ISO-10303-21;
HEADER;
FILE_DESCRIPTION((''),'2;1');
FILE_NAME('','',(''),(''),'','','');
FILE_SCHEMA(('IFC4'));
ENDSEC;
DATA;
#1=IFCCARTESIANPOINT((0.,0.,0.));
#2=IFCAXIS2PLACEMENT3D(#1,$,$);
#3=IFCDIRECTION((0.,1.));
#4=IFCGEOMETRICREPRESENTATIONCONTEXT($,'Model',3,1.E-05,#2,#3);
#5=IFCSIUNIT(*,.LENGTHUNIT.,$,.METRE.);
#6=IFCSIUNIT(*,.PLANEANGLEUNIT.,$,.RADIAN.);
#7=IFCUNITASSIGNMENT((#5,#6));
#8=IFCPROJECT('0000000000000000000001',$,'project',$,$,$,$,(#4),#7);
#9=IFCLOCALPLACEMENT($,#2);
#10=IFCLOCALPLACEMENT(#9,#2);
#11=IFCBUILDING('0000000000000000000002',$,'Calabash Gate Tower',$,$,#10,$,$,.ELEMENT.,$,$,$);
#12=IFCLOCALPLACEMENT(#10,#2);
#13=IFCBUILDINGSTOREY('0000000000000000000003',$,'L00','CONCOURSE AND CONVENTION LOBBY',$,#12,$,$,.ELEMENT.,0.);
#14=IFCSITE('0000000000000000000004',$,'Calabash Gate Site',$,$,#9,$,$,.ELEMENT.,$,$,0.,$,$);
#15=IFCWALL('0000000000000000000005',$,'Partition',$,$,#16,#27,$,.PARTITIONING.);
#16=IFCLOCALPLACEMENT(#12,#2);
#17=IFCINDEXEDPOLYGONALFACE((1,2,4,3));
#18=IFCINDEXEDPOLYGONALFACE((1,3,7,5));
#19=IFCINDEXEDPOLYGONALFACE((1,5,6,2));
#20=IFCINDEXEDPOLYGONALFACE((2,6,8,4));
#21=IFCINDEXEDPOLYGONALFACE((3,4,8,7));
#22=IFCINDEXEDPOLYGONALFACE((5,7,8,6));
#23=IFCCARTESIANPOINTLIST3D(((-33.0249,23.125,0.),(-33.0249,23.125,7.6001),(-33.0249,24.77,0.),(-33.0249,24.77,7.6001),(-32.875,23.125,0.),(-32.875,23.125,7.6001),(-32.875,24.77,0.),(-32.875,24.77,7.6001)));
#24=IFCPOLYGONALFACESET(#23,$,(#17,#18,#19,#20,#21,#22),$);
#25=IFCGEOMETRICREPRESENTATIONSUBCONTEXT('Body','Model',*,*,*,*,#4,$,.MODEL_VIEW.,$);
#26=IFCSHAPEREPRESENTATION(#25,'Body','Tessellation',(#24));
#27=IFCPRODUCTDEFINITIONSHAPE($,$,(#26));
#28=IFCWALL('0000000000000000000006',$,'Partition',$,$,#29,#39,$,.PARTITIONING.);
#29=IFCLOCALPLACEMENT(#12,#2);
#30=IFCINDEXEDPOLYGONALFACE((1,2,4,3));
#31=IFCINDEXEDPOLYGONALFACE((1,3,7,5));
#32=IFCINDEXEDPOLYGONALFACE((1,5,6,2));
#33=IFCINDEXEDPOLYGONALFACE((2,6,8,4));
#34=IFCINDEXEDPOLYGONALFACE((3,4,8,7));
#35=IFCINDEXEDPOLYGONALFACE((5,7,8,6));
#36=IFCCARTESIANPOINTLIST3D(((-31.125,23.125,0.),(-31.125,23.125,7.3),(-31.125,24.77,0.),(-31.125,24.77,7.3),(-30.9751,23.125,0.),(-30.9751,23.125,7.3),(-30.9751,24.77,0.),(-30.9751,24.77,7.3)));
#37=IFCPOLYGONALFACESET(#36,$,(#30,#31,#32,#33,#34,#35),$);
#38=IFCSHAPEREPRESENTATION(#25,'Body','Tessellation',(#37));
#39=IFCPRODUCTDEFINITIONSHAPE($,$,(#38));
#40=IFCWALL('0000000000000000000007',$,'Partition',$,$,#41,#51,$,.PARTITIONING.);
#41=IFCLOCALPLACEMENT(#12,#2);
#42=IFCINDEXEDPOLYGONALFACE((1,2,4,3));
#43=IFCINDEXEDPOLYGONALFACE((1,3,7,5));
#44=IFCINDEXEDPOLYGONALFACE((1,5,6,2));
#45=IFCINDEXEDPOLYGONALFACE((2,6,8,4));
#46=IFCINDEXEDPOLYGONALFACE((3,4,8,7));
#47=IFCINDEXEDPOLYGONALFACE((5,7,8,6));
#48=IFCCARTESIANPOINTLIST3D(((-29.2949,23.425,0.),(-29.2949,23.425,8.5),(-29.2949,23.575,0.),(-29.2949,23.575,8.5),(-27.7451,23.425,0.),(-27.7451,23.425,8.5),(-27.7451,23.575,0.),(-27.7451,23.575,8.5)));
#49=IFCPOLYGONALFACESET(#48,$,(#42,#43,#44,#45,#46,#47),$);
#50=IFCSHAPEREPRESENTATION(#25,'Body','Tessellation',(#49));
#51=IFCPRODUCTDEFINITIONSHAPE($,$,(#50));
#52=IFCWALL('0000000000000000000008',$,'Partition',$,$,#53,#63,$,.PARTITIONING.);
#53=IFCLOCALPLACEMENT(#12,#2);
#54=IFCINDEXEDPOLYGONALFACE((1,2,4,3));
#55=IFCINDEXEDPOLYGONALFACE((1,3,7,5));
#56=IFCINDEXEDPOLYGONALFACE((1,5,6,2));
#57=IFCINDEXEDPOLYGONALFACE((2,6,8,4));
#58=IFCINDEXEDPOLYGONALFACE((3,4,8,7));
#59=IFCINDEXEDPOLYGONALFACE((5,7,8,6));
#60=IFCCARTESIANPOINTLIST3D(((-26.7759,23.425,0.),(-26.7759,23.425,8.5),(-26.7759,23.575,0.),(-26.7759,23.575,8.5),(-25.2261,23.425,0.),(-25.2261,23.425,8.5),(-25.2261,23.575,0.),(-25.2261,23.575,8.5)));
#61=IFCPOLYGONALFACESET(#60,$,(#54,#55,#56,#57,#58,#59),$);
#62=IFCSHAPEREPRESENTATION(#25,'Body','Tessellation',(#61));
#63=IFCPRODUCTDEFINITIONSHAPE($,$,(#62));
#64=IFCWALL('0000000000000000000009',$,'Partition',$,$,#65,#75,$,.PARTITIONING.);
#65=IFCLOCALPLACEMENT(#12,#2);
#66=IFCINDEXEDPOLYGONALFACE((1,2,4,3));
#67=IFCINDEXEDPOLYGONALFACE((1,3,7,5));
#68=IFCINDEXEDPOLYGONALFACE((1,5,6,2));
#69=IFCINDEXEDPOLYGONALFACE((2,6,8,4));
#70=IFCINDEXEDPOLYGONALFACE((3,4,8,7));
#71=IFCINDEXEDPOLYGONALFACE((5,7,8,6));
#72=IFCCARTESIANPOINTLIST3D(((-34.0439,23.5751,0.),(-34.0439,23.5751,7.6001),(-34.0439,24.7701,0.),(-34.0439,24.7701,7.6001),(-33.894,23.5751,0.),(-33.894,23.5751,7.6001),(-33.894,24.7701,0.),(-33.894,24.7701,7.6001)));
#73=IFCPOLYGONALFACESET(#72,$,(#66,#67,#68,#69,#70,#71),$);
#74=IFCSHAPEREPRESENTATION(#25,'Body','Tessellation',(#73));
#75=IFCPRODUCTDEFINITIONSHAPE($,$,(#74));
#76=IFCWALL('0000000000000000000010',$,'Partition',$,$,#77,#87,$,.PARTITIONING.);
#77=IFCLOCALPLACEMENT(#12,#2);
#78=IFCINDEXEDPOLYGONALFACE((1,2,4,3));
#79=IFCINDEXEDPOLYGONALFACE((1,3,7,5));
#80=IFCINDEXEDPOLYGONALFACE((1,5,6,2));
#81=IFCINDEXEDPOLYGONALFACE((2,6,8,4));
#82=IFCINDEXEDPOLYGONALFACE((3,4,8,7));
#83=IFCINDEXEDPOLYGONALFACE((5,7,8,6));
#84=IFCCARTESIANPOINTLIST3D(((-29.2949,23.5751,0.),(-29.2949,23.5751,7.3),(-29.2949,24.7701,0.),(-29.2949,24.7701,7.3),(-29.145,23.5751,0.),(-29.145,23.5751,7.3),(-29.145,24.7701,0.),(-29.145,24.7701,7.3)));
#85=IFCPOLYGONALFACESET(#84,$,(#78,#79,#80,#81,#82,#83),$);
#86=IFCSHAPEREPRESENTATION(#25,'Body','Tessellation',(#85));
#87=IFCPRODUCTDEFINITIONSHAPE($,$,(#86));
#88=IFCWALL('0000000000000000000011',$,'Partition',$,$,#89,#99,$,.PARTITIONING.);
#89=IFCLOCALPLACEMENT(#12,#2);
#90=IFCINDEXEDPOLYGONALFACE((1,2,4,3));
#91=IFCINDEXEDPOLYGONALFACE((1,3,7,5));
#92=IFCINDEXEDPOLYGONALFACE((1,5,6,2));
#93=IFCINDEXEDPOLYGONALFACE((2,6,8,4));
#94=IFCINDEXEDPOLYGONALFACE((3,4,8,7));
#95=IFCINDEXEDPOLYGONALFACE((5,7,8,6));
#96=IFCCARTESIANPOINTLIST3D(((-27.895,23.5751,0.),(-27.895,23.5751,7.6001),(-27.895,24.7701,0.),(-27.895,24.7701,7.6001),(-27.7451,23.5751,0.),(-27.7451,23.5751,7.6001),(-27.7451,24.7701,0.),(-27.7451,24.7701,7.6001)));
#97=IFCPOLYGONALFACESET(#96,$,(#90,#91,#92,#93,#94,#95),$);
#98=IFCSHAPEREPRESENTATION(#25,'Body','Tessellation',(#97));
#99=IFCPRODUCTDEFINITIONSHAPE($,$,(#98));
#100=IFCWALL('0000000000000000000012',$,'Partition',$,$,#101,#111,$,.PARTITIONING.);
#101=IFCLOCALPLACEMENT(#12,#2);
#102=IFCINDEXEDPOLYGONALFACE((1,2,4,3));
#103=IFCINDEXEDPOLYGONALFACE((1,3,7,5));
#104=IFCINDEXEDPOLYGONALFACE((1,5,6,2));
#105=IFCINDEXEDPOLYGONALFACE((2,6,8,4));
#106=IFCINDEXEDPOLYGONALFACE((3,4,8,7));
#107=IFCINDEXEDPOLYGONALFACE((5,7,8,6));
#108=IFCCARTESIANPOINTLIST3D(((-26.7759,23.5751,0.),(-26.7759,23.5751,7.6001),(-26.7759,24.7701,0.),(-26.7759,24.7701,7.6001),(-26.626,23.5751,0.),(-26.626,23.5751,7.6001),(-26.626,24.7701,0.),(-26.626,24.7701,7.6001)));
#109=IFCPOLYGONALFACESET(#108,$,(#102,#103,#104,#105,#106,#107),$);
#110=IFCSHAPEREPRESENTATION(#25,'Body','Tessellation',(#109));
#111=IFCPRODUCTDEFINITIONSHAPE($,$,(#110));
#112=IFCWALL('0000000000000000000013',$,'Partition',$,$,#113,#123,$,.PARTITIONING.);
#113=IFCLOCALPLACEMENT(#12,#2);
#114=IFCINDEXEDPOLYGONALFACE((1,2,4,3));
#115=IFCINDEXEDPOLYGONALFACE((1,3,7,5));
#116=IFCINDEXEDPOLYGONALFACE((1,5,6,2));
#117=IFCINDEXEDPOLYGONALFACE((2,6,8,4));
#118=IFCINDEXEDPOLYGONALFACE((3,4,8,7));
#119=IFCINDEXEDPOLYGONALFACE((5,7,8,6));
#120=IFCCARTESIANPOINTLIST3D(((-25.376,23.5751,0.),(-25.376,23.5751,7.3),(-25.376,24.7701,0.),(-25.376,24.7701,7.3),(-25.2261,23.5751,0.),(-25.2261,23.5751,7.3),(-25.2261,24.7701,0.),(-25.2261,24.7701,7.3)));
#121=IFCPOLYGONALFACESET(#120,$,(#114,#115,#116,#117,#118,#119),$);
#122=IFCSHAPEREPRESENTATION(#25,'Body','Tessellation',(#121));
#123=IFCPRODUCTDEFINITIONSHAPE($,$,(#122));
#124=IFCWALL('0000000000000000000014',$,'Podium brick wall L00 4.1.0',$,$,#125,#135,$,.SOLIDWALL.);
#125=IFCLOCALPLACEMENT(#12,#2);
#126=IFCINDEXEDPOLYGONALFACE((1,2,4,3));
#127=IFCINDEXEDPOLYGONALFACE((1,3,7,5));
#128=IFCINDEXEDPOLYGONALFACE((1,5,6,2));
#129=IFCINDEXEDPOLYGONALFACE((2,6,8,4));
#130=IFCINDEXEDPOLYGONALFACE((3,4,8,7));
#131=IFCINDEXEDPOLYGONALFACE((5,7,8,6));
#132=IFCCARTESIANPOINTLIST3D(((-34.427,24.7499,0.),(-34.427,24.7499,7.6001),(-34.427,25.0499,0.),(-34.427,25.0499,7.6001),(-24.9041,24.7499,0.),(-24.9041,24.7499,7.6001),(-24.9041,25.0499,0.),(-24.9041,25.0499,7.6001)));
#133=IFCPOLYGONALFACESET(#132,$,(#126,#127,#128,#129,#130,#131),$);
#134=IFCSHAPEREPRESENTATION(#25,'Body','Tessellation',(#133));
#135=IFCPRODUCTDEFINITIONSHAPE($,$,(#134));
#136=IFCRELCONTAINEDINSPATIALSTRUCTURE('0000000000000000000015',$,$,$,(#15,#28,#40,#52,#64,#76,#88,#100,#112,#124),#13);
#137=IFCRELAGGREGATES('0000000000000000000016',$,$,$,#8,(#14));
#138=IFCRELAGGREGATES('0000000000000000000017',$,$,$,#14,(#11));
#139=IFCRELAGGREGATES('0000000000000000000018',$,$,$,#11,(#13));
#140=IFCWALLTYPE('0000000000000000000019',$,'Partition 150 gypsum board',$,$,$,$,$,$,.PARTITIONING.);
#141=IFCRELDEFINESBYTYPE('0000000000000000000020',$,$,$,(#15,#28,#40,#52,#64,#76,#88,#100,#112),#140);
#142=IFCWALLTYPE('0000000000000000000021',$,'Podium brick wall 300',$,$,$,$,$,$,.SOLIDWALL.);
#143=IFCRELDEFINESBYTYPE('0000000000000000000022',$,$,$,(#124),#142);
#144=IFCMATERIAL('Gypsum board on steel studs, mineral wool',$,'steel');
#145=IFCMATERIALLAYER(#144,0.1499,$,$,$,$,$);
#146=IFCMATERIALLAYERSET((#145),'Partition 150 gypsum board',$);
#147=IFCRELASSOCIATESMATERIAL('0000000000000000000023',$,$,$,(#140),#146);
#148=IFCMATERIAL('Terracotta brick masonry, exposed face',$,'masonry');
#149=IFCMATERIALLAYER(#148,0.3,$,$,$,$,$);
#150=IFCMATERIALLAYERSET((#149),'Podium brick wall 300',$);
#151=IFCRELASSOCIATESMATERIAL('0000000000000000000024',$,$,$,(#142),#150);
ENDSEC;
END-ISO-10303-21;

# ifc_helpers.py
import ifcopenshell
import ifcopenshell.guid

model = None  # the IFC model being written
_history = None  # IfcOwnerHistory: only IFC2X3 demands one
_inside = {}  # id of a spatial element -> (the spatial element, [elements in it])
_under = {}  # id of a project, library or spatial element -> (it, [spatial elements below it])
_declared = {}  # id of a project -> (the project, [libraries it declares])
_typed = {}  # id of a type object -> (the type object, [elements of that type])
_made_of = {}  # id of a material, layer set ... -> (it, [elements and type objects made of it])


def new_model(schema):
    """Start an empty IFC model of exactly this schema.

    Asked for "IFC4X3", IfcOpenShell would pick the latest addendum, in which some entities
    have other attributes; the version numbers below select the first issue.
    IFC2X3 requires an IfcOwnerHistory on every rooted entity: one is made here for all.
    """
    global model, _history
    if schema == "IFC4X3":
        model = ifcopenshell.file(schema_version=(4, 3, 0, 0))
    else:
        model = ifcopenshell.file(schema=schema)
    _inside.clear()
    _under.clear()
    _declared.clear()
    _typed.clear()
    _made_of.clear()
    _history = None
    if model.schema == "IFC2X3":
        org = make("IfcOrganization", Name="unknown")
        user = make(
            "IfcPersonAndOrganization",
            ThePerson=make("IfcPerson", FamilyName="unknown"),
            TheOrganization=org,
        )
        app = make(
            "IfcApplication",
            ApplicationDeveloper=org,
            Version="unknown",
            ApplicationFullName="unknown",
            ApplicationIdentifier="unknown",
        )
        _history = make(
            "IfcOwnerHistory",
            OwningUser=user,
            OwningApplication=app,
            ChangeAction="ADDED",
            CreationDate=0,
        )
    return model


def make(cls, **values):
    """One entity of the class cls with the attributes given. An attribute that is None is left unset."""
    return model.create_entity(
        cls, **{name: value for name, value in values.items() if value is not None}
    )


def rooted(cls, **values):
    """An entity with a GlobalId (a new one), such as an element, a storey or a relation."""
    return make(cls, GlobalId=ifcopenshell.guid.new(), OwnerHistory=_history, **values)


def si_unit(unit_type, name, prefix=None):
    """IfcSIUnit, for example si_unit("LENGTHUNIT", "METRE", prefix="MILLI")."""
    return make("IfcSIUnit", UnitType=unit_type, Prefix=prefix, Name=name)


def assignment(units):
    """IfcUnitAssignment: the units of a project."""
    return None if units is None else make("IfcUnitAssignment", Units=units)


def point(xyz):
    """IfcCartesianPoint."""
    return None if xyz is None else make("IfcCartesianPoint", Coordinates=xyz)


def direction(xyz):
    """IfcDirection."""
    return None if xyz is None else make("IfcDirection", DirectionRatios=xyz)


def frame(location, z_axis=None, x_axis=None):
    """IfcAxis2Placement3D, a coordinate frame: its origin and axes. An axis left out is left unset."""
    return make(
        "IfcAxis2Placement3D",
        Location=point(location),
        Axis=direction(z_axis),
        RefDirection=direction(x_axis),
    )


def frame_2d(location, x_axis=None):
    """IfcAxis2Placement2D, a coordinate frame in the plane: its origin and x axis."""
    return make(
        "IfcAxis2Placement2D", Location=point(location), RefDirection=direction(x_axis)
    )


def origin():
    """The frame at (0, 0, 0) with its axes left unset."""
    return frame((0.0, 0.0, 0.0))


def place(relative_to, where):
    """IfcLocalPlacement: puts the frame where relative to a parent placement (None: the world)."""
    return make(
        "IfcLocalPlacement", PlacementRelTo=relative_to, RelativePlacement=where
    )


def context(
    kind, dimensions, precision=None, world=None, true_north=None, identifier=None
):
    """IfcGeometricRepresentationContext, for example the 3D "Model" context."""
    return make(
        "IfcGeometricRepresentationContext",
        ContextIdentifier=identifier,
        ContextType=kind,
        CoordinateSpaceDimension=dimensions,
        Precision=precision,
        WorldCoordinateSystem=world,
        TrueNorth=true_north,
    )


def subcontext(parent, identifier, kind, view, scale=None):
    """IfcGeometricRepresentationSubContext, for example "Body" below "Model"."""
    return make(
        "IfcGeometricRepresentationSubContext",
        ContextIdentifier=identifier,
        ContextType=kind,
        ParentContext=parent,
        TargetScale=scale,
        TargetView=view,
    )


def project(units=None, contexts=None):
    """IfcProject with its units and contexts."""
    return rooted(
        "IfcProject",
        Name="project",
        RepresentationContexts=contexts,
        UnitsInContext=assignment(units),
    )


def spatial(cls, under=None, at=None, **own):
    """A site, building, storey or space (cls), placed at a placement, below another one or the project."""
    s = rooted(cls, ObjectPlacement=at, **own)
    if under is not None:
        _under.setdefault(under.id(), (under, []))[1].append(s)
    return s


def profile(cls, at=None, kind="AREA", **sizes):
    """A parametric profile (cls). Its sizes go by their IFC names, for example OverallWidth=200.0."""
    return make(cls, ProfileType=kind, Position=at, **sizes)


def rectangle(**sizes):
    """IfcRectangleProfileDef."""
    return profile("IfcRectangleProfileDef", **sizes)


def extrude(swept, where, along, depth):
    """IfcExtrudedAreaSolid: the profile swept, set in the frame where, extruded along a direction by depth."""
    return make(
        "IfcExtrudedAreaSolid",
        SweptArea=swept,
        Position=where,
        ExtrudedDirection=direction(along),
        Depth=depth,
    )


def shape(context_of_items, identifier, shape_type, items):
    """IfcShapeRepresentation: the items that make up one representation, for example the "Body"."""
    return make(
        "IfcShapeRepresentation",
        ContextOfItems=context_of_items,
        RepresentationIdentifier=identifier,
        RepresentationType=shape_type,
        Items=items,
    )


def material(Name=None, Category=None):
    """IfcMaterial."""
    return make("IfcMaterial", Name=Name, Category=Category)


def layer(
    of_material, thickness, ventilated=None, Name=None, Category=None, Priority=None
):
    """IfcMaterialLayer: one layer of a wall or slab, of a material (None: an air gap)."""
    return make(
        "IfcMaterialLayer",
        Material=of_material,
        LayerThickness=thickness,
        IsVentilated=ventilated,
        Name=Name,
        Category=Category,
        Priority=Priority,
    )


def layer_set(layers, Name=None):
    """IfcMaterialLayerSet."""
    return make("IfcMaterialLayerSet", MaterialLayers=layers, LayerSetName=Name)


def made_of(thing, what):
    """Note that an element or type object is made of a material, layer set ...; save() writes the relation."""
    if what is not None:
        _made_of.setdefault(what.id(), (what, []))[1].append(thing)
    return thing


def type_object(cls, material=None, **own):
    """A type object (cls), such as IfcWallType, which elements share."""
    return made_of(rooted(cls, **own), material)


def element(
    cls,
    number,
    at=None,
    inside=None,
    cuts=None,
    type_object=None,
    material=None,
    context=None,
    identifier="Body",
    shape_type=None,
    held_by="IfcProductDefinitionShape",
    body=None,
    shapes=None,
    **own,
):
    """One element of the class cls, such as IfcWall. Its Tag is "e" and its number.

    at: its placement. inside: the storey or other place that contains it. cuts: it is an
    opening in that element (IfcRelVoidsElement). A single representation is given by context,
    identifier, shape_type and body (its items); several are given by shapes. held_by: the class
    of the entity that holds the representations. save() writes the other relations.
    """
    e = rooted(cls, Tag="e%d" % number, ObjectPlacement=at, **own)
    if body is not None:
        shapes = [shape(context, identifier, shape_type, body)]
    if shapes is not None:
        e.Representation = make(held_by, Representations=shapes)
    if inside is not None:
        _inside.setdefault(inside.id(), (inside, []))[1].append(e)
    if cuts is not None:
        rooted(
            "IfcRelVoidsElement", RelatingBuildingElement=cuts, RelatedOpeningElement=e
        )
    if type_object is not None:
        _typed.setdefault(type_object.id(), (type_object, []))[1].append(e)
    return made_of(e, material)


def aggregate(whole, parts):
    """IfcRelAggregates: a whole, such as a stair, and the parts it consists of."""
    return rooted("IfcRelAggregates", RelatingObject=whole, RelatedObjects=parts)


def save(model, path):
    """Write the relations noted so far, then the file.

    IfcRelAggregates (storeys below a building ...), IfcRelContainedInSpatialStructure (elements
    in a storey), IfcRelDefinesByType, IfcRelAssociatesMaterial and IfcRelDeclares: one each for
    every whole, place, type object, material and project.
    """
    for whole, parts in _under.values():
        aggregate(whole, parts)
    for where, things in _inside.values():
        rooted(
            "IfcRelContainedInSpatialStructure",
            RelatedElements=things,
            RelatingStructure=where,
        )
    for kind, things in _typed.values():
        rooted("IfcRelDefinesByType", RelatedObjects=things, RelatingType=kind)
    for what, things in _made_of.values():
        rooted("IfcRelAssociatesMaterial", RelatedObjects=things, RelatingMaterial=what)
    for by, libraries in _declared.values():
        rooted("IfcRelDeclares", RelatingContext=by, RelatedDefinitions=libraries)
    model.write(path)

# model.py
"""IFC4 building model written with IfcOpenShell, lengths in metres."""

from ifc_helpers import new_model, si_unit, direction, frame, frame_2d, origin, place, context, subcontext, project, spatial, rectangle, extrude, material, layer, layer_set, type_object, element, save


model = new_model("IFC4")

# Units and contexts
model_context = context("Model", 3, precision=1e-05, world=origin(), true_north=direction((0.0, 1.0)))
body_context = subcontext(model_context, "Body", "Model", "MODEL_VIEW")
ifc_project = project(units=[si_unit("LENGTHUNIT", "METRE"), si_unit("PLANEANGLEUNIT", "RADIAN")], contexts=[model_context])

# Site, building, storey
site_placement = place(None, origin())
site = spatial("IfcSite", under=ifc_project, at=site_placement, Name="Calabash Gate Site", CompositionType="ELEMENT", RefElevation=0.0)
building_placement = place(site_placement, origin())
building = spatial("IfcBuilding", under=site, at=building_placement, Name="Calabash Gate Tower", CompositionType="ELEMENT")
storey_placement = place(building_placement, origin())
storey = spatial("IfcBuildingStorey", under=building, at=storey_placement, Name="L00", Description="CONCOURSE AND CONVENTION LOBBY", CompositionType="ELEMENT", Elevation=0.0)

# Shared definitions
ifc_material_1 = material(Name="Gypsum board on steel studs, mineral wool", Category="steel")
ifc_layer_1 = layer(ifc_material_1, 0.1499)
ifc_layer_set_1 = layer_set([ifc_layer_1], Name="Partition 150 gypsum board")
wall_type_1 = type_object("IfcWallType", Name="Partition 150 gypsum board", PredefinedType="PARTITIONING", material=ifc_layer_set_1)

# Walls
wall_1_placement = place(storey_placement, frame((-32.95, 23.125, 0.0), z_axis=(0.0, 0.0, 1.0), x_axis=(0.0, 1.0, 0.0)))
element("IfcWall", 1, at=wall_1_placement, inside=storey, type_object=wall_type_1, Name="Partition", PredefinedType="PARTITIONING", context=body_context, shape_type="SweptSolid", body=[
    extrude(rectangle(XDim=1.645, YDim=0.1499, at=frame_2d((0.8225, 0.0))), origin(), (0.0, 0.0, 1.0), 7.6001),
])
wall_2_placement = place(storey_placement, frame((-31.05, 23.125, 0.0), z_axis=(0.0, 0.0, 1.0), x_axis=(0.0, 1.0, 0.0)))
element("IfcWall", 2, at=wall_2_placement, inside=storey, type_object=wall_type_1, Name="Partition", PredefinedType="PARTITIONING", context=body_context, shape_type="SweptSolid", body=[
    extrude(rectangle(XDim=1.645, YDim=0.1499, at=frame_2d((0.8225, 0.0))), origin(), (0.0, 0.0, 1.0), 7.3),
])
for number, where, z_axis, x_axis, name in (
    (3, (-29.2949, 23.5, 0.0), (0.0, 0.0, 1.0), (1.0, 0.0, 0.0), "Partition"),
    (4, (-26.7759, 23.5, 0.0), (0.0, 0.0, 1.0), (1.0, 0.0, 0.0), "Partition"),
):
    element("IfcWall", number, at=place(storey_placement, frame(where, z_axis=z_axis, x_axis=x_axis)), inside=storey, type_object=wall_type_1, Name=name, PredefinedType="PARTITIONING", context=body_context, shape_type="SweptSolid", body=[
        extrude(rectangle(XDim=1.5498, YDim=0.1499, at=frame_2d((0.7749, 0.0))), origin(), (0.0, 0.0, 1.0), 8.5),
    ])
wall_3_placement = place(storey_placement, frame((-33.969, 23.575, 0.0), z_axis=(0.0, 0.0, 1.0), x_axis=(0.0, 1.0, 0.0)))
element("IfcWall", 5, at=wall_3_placement, inside=storey, type_object=wall_type_1, Name="Partition", PredefinedType="PARTITIONING", context=body_context, shape_type="SweptSolid", body=[
    extrude(rectangle(XDim=1.1951, YDim=0.1499, at=frame_2d((0.5977, 0.0))), origin(), (0.0, 0.0, 1.0), 7.6001),
])
wall_4_placement = place(storey_placement, frame((-29.22, 23.575, 0.0), z_axis=(0.0, 0.0, 1.0), x_axis=(0.0, 1.0, 0.0)))
element("IfcWall", 6, at=wall_4_placement, inside=storey, type_object=wall_type_1, Name="Partition", PredefinedType="PARTITIONING", context=body_context, shape_type="SweptSolid", body=[
    extrude(rectangle(XDim=1.1951, YDim=0.1499, at=frame_2d((0.5977, 0.0))), origin(), (0.0, 0.0, 1.0), 7.3),
])
for number, where, z_axis, x_axis, name in (
    (7, (-27.8201, 23.575, 0.0), (0.0, 0.0, 1.0), (0.0, 1.0, 0.0), "Partition"),
    (8, (-26.7009, 23.575, 0.0), (0.0, 0.0, 1.0), (0.0, 1.0, 0.0), "Partition"),
):
    element("IfcWall", number, at=place(storey_placement, frame(where, z_axis=z_axis, x_axis=x_axis)), inside=storey, type_object=wall_type_1, Name=name, PredefinedType="PARTITIONING", context=body_context, shape_type="SweptSolid", body=[
        extrude(rectangle(XDim=1.1951, YDim=0.1499, at=frame_2d((0.5977, 0.0))), origin(), (0.0, 0.0, 1.0), 7.6001),
    ])
wall_5_placement = place(storey_placement, frame((-25.301, 23.575, 0.0), z_axis=(0.0, 0.0, 1.0), x_axis=(0.0, 1.0, 0.0)))
element("IfcWall", 9, at=wall_5_placement, inside=storey, type_object=wall_type_1, Name="Partition", PredefinedType="PARTITIONING", context=body_context, shape_type="SweptSolid", body=[
    extrude(rectangle(XDim=1.1951, YDim=0.1499, at=frame_2d((0.5977, 0.0))), origin(), (0.0, 0.0, 1.0), 7.3),
])
ifc_material_2 = material(Name="Terracotta brick masonry, exposed face", Category="masonry")
ifc_layer_2 = layer(ifc_material_2, 0.3)
ifc_layer_set_2 = layer_set([ifc_layer_2], Name="Podium brick wall 300")
wall_type_2 = type_object("IfcWallType", Name="Podium brick wall 300", PredefinedType="SOLIDWALL", material=ifc_layer_set_2)
wall_6_placement = place(storey_placement, frame((-24.9041, 24.8999, 0.0), z_axis=(0.0, 0.0, 1.0), x_axis=(-1.0, 0.0, 0.0)))
element("IfcWall", 10, at=wall_6_placement, inside=storey, type_object=wall_type_2, Name="Podium brick wall L00 4.1.0", PredefinedType="SOLIDWALL", context=body_context, shape_type="SweptSolid", body=[
    extrude(rectangle(XDim=9.5229, YDim=0.3, at=frame_2d((4.7615, 0.0))), origin(), (0.0, 0.0, 1.0), 7.6001),
])

save(model, "model.ifc")
